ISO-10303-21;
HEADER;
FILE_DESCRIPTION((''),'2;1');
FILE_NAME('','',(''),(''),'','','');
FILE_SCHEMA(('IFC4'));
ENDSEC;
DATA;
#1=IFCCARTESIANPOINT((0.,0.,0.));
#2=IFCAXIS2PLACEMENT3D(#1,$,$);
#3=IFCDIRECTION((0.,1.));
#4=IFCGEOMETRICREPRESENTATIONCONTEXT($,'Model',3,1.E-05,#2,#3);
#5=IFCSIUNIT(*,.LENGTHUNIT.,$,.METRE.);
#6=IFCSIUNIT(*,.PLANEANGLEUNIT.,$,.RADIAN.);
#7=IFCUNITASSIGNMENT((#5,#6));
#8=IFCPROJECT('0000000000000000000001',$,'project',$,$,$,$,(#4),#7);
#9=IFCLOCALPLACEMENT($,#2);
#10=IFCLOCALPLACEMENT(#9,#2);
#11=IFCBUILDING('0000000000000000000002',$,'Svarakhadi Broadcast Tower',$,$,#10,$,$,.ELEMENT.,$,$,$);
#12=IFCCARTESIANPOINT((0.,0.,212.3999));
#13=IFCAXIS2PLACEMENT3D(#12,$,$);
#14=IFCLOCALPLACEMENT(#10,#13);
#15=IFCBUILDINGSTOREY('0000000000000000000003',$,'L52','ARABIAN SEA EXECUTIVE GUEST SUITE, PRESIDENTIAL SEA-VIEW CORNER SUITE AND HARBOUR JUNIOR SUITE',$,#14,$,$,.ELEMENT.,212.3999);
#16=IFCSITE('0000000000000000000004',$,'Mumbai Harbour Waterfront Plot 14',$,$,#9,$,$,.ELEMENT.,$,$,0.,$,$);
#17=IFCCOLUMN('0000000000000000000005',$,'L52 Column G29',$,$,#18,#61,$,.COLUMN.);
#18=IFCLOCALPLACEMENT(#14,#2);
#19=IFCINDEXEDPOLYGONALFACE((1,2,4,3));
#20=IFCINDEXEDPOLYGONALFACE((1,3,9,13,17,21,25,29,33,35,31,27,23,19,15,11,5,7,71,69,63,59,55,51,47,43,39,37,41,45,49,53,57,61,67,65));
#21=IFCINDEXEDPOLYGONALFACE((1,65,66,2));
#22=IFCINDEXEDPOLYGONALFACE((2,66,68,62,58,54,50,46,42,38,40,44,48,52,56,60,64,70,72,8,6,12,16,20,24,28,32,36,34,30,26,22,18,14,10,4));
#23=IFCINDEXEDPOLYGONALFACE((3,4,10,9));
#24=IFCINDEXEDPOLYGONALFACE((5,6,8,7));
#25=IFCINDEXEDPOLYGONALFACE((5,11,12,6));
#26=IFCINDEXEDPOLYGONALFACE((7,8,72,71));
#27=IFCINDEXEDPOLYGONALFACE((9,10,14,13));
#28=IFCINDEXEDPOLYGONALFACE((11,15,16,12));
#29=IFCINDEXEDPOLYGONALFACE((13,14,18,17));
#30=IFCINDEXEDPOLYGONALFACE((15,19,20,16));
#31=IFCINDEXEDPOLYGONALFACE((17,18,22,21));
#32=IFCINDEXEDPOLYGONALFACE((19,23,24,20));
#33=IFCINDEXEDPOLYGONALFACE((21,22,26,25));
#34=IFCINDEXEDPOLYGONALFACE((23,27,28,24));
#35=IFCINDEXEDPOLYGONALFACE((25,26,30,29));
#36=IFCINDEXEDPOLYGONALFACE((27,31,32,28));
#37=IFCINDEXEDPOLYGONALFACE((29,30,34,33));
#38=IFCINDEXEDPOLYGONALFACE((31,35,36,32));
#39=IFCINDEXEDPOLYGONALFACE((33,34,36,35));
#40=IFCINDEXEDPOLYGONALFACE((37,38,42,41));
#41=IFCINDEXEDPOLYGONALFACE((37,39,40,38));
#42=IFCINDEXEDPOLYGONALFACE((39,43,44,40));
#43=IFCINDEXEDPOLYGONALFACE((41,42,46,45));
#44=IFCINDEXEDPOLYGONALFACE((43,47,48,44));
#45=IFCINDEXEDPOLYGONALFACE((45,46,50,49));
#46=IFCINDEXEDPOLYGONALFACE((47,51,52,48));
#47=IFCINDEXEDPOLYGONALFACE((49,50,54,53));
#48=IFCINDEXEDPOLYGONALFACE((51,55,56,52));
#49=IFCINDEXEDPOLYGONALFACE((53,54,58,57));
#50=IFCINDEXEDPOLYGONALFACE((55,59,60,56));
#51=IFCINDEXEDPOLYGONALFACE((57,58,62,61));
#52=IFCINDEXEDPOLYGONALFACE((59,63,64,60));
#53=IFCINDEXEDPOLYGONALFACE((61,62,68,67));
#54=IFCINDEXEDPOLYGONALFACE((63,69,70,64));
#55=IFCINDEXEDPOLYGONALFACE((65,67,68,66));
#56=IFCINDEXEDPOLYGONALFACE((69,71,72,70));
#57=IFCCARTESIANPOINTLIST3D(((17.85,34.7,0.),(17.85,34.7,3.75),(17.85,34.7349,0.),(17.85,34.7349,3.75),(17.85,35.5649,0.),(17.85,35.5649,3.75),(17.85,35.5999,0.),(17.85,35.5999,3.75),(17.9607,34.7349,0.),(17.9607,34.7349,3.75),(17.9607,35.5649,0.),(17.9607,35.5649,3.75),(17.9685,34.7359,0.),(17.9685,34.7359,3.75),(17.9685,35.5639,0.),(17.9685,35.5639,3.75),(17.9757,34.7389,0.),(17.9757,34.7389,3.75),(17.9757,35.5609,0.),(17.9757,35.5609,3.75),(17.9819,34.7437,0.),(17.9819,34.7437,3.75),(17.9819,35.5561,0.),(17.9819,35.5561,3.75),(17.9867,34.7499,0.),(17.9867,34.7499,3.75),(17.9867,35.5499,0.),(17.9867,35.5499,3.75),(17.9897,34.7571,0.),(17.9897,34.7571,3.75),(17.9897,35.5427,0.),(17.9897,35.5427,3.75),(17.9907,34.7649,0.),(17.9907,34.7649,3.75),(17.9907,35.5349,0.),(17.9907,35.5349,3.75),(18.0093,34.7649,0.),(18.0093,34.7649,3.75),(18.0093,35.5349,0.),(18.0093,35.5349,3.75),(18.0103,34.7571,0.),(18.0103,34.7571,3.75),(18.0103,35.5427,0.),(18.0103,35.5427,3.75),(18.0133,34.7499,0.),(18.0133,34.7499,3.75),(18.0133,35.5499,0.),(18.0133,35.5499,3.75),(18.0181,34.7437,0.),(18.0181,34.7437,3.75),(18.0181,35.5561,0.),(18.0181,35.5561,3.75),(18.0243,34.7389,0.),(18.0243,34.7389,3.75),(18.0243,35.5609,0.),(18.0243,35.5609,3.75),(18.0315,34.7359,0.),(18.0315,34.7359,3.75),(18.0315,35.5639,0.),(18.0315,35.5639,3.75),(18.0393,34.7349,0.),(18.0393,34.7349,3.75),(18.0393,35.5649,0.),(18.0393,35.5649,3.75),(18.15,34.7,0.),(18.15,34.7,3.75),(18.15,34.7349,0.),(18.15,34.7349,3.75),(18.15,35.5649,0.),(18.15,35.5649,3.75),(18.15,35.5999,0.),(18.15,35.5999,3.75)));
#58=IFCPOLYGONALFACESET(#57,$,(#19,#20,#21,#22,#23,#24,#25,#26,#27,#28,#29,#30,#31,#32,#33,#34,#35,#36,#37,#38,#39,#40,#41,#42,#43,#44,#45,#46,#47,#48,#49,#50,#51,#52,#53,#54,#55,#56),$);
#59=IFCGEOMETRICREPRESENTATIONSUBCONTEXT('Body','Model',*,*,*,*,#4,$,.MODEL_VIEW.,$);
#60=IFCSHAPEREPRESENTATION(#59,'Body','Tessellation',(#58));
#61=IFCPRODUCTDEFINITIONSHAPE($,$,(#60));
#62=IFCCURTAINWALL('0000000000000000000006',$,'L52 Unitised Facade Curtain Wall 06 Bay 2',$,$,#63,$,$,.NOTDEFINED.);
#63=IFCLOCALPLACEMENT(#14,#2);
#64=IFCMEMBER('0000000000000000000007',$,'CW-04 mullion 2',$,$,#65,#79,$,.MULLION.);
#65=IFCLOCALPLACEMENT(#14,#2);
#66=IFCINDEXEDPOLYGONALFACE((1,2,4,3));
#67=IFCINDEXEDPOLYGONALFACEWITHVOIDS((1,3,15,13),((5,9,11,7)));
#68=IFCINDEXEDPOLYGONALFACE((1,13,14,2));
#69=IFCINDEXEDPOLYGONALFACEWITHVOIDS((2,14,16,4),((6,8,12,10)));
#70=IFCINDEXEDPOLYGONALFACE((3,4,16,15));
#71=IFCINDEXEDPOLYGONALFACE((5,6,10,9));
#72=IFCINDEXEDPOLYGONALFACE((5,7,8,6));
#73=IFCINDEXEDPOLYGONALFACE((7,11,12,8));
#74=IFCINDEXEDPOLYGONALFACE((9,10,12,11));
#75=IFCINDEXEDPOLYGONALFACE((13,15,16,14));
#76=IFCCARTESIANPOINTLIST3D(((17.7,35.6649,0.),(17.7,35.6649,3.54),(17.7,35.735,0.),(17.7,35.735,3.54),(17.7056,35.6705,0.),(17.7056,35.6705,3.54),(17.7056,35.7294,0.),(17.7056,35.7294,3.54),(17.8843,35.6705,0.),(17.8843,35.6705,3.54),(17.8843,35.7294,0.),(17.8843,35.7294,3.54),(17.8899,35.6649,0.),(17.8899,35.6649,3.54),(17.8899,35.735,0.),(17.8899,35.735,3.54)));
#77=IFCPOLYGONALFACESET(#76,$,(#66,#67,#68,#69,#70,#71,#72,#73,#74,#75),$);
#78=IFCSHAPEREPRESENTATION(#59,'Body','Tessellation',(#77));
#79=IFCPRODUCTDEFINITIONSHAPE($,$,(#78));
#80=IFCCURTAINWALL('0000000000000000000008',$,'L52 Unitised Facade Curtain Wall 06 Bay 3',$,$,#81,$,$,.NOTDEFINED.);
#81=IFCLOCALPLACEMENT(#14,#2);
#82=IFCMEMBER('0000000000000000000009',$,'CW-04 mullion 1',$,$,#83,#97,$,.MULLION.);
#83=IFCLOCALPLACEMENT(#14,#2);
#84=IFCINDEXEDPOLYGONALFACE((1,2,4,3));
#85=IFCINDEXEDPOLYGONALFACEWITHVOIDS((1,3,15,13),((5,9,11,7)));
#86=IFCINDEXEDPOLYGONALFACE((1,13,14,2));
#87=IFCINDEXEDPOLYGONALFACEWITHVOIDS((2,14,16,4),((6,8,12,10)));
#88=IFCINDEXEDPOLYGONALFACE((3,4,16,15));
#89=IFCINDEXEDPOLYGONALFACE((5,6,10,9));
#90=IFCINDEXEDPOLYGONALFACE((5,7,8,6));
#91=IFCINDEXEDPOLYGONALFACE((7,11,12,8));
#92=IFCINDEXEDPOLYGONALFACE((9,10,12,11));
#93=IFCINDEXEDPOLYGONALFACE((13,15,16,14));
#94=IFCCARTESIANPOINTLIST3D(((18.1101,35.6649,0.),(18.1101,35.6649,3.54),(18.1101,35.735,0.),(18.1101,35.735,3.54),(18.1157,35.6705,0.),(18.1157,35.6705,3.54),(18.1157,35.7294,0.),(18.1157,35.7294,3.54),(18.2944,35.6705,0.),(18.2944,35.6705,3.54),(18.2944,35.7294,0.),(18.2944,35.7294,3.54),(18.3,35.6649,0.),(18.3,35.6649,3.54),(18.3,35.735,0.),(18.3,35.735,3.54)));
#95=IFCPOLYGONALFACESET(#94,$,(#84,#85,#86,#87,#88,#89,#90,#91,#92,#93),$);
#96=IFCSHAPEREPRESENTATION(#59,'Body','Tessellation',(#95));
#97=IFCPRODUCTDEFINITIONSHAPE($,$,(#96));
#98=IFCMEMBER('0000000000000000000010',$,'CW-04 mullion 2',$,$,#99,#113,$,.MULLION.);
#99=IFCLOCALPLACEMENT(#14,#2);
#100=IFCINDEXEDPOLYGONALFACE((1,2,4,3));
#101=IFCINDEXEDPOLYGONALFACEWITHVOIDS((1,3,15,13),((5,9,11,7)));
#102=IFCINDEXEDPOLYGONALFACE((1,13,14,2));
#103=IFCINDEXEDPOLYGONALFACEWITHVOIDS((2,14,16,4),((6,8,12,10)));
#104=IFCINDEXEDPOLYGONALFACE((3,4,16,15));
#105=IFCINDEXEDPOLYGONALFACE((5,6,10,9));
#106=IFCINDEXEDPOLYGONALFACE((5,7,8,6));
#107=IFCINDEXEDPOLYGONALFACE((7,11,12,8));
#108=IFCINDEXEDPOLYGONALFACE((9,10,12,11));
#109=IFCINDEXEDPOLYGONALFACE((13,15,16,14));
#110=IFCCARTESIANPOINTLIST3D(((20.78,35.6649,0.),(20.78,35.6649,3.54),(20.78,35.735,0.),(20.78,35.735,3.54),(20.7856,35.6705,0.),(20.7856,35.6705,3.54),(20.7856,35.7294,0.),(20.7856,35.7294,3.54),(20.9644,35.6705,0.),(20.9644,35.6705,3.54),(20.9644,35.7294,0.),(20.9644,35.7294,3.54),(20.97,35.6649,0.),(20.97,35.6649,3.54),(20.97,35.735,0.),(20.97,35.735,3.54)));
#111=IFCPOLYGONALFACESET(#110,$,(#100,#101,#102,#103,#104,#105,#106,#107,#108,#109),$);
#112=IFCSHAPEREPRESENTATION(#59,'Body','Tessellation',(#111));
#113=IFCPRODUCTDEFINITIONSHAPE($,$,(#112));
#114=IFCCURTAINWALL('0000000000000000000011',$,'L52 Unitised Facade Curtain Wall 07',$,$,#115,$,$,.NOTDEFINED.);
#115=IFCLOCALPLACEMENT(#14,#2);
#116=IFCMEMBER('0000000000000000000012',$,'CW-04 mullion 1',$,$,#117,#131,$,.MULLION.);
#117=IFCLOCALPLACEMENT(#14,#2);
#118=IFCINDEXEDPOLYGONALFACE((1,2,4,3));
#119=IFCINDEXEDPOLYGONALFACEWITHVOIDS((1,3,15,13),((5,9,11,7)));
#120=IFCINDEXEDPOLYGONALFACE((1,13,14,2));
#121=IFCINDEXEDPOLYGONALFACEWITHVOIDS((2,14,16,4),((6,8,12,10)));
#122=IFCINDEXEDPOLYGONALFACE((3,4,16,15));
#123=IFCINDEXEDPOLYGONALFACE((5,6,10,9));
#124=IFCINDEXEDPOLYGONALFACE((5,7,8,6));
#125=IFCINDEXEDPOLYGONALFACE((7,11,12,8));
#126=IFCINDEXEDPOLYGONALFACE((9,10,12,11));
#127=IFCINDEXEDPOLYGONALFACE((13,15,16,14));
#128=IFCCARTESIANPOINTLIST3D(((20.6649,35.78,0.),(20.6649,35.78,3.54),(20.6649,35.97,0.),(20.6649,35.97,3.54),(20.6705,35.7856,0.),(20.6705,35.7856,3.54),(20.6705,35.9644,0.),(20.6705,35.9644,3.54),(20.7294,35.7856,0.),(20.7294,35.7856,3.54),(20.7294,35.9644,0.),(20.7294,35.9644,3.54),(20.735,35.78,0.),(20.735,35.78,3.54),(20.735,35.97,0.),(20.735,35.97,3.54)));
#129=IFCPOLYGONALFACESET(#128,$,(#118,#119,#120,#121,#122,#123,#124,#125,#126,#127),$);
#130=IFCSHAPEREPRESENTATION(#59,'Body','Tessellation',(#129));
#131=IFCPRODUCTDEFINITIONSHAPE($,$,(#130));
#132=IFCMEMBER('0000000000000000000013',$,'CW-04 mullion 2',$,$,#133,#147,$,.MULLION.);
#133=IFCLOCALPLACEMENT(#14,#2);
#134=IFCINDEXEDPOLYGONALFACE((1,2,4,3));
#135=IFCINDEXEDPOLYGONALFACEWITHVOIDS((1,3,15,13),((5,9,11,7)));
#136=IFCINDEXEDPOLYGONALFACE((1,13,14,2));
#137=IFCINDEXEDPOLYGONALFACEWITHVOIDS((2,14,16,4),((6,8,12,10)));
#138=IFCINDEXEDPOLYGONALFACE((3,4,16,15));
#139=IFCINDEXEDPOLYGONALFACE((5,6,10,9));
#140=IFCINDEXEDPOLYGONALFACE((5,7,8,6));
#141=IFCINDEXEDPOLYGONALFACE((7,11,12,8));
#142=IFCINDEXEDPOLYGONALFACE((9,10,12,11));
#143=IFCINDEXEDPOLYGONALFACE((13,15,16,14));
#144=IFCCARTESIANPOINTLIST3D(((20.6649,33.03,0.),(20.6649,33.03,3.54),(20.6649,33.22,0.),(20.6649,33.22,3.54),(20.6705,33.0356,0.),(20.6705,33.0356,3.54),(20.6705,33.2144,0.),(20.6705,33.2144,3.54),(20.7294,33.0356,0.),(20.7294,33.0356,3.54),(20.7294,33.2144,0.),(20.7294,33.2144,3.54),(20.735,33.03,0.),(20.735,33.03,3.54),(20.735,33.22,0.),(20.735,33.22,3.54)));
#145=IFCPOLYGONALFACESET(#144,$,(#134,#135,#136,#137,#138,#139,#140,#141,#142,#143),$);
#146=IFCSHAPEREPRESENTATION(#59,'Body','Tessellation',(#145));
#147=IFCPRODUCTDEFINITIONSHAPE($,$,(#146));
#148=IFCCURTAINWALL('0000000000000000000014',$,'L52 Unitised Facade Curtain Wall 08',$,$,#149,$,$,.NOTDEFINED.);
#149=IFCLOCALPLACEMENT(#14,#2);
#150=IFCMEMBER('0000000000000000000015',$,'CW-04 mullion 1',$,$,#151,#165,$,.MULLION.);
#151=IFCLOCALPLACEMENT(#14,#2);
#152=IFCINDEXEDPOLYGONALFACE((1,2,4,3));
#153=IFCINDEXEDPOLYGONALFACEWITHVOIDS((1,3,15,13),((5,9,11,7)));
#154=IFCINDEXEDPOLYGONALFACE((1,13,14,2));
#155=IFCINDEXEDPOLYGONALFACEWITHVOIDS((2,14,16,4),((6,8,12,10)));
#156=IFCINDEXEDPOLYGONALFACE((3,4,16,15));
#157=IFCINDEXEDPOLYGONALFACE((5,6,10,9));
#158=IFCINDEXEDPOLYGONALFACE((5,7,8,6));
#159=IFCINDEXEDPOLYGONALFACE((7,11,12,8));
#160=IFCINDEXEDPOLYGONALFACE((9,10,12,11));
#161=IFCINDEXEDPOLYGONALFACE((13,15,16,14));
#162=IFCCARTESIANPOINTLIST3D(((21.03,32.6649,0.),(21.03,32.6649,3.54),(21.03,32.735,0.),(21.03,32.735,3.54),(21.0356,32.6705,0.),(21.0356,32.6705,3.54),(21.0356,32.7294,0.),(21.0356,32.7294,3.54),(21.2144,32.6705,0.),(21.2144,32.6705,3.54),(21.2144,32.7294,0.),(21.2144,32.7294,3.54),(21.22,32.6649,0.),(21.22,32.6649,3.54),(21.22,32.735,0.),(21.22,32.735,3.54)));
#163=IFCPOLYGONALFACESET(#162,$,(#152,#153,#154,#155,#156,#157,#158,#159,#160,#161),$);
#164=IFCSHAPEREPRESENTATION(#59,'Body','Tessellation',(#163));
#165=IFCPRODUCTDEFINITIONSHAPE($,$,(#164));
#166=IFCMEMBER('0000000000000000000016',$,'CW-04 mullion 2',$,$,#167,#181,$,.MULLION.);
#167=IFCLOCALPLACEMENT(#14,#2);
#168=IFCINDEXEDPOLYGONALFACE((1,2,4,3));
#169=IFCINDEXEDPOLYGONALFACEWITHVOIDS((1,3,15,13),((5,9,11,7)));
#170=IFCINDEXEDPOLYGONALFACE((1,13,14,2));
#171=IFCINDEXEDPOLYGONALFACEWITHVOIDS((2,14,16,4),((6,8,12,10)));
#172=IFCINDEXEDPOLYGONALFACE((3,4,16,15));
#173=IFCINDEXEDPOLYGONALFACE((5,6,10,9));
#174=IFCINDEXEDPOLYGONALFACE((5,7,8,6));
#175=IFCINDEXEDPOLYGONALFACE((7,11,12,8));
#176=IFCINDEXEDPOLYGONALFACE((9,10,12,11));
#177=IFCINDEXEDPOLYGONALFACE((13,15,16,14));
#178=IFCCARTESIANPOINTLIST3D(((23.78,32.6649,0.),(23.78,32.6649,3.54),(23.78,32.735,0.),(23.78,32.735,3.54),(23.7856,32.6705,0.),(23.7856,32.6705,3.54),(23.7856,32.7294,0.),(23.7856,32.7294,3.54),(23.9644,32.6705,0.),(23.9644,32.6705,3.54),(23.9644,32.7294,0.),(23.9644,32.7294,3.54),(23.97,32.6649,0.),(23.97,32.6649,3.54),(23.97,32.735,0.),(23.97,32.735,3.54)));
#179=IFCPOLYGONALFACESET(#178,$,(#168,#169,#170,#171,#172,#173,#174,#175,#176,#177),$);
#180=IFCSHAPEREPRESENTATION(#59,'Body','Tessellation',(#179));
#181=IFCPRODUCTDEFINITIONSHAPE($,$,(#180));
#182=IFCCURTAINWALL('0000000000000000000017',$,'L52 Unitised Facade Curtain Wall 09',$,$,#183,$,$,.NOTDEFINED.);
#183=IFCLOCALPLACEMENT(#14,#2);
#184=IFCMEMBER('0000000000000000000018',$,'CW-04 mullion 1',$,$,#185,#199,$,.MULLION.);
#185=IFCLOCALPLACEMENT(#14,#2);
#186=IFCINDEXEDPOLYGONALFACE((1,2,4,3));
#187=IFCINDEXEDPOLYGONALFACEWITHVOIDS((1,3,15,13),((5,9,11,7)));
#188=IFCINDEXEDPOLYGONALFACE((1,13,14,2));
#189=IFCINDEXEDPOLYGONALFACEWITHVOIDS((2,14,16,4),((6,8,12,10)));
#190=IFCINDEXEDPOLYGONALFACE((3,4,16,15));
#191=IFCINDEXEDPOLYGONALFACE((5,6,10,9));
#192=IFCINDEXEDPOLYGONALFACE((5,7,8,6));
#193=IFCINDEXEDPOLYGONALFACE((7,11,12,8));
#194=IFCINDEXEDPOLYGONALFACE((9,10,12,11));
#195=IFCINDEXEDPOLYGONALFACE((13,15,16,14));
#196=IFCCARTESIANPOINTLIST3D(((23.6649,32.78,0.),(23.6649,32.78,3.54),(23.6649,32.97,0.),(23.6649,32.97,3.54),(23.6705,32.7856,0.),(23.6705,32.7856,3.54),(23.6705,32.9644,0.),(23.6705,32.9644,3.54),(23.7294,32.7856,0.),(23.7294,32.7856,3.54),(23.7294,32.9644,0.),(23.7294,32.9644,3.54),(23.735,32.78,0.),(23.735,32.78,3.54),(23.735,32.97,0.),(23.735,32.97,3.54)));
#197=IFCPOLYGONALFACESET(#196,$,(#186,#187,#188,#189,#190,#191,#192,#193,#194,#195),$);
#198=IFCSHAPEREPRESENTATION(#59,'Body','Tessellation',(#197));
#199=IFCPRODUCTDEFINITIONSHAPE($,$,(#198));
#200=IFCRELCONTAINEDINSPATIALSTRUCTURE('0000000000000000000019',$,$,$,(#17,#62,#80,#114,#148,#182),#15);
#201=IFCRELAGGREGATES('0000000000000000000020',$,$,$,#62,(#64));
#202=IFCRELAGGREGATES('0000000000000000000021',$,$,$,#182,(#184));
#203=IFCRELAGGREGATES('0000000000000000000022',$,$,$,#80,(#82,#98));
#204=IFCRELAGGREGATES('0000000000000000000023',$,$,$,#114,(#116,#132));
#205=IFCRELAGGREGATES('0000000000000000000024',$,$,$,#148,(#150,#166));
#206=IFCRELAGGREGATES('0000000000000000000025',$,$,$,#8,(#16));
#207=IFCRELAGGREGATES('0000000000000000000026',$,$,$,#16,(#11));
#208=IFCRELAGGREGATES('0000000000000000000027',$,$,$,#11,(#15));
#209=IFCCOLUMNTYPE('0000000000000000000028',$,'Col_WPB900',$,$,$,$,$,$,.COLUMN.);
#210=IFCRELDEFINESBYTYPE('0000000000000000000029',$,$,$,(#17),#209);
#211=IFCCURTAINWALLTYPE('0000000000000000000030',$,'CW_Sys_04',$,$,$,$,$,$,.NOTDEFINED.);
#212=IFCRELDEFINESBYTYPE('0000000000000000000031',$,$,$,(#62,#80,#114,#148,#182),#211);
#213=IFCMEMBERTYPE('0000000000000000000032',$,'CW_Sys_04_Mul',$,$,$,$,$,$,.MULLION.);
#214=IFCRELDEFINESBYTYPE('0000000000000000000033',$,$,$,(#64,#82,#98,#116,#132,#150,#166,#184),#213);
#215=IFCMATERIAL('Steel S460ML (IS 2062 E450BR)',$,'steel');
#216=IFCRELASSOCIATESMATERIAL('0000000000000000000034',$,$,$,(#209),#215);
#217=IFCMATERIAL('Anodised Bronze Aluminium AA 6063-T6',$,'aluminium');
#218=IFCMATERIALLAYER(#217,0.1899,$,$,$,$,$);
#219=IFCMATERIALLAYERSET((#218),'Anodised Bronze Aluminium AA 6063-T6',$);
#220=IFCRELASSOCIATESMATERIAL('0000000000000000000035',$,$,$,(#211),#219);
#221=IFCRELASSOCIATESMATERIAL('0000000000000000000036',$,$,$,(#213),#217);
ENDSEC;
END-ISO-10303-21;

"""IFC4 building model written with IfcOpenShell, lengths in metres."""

from ifc_helpers import new_model, si_unit, direction, frame, origin, origin_2d, place, context, subcontext, project, spatial, hollow_rectangle, i_section, extrude, material, layer, layer_set, material_profile, profile_set, type_object, element, aggregate, save


model = new_model("IFC4")

# Units and contexts
model_context = context("Model", 3, precision=1e-05, world=origin(), true_north=direction((0.0, 1.0)))
body_context = subcontext(model_context, "Body", "Model", "MODEL_VIEW")
ifc_project = project(units=[si_unit("LENGTHUNIT", "METRE"), si_unit("PLANEANGLEUNIT", "RADIAN")], contexts=[model_context])

# Site, building, storey
site_placement = place(None, origin())
site = spatial("IfcSite", under=ifc_project, at=site_placement, Name="Mumbai Harbour Waterfront Plot 14", CompositionType="ELEMENT", RefElevation=0.0)
building_placement = place(site_placement, origin())
building = spatial("IfcBuilding", under=site, at=building_placement, Name="Svarakhadi Broadcast Tower", CompositionType="ELEMENT")
storey_placement = place(building_placement, frame((0.0, 0.0, 212.3999)))
storey = spatial("IfcBuildingStorey", under=building, at=storey_placement, Name="L52", Description="ARABIAN SEA EXECUTIVE GUEST SUITE, PRESIDENTIAL SEA-VIEW CORNER SUITE AND HARBOUR JUNIOR SUITE", CompositionType="ELEMENT", Elevation=212.3999)

# Column
ifc_material_1 = material(Name="Steel S460ML (IS 2062 E450BR)", Category="steel")
ifc_material_profile_1 = material_profile(ifc_material_1, i_section(OverallWidth=0.3, OverallDepth=0.8999, WebThickness=0.0186, FlangeThickness=0.0349, FilletRadius=0.03, at=origin_2d()), Name="WPB 900x300x291")
ifc_profile_set_1 = profile_set([ifc_material_profile_1], Name="Steel S460ML (IS 2062 E450BR)")
column_type = type_object("IfcColumnType", Name="Col_WPB900", PredefinedType="COLUMN", material=ifc_profile_set_1)
column_placement = place(storey_placement, frame((18.0, 35.1499, 0.0), z_axis=(0.0, 0.0, 1.0), x_axis=(1.0, 0.0, 0.0)))
element("IfcColumn", 1, at=column_placement, inside=storey, type_object=column_type, Name="L52 Column G29", PredefinedType="COLUMN", context=body_context, shape_type="SweptSolid", body=[
    extrude(i_section(OverallWidth=0.3, OverallDepth=0.8999, WebThickness=0.0186, FlangeThickness=0.0349, FilletRadius=0.03, at=origin_2d()), origin(), (0.0, 0.0, 1.0), 3.75),
])

# Curtain wall, member
ifc_material_2 = material(Name="Anodised Bronze Aluminium AA 6063-T6", Category="aluminium")
ifc_layer_1 = layer(ifc_material_2, 0.1899)
ifc_layer_set_1 = layer_set([ifc_layer_1], Name="Anodised Bronze Aluminium AA 6063-T6")
curtain_wall_type = type_object("IfcCurtainWallType", Name="CW_Sys_04", PredefinedType="NOTDEFINED", material=ifc_layer_set_1)
curtain_wall_1_placement = place(storey_placement, origin())
curtain_wall_1 = element("IfcCurtainWall", 2, at=curtain_wall_1_placement, inside=storey, type_object=curtain_wall_type, Name="L52 Unitised Facade Curtain Wall 06 Bay 2", PredefinedType="NOTDEFINED")
ifc_material_profile_2 = material_profile(ifc_material_2, hollow_rectangle(XDim=0.0701, YDim=0.1899, WallThickness=0.0056, at=origin_2d()), Name="ALU MULLION 190x70x6")
ifc_profile_set_2 = profile_set([ifc_material_profile_2], Name="Anodised Bronze Aluminium AA 6063-T6")
member_type_1 = type_object("IfcMemberType", Name="CW_Sys_04_Mul", PredefinedType="MULLION", material=ifc_profile_set_2)
member_1_placement = place(storey_placement, frame((17.7949, 35.7, 0.0), z_axis=(0.0, 0.0, 1.0), x_axis=(0.0, 1.0, 0.0)))
member_1 = element("IfcMember", 3, at=member_1_placement, type_object=member_type_1, Name="CW-04 mullion 2", PredefinedType="MULLION", context=body_context, shape_type="SweptSolid", body=[
    extrude(hollow_rectangle(XDim=0.0701, YDim=0.1899, WallThickness=0.0056, at=origin_2d()), origin(), (0.0, 0.0, 1.0), 3.54),
])
aggregate(curtain_wall_1, [member_1])

# Curtain walls, members
curtain_wall_2_placement = place(storey_placement, origin())
curtain_wall_2 = element("IfcCurtainWall", 4, at=curtain_wall_2_placement, inside=storey, type_object=curtain_wall_type, Name="L52 Unitised Facade Curtain Wall 06 Bay 3", PredefinedType="NOTDEFINED")
member_2_placement = place(storey_placement, frame((18.2051, 35.7, 0.0), z_axis=(0.0, 0.0, 1.0), x_axis=(0.0, 1.0, 0.0)))
member_2 = element("IfcMember", 5, at=member_2_placement, type_object=member_type_1, Name="CW-04 mullion 1", PredefinedType="MULLION", context=body_context, shape_type="SweptSolid", body=[
    extrude(hollow_rectangle(XDim=0.0701, YDim=0.1899, WallThickness=0.0056, at=origin_2d()), origin(), (0.0, 0.0, 1.0), 3.54),
])
member_3_placement = place(storey_placement, frame((20.875, 35.7, 0.0), z_axis=(0.0, 0.0, 1.0), x_axis=(0.0, 1.0, 0.0)))
member_3 = element("IfcMember", 6, at=member_3_placement, type_object=member_type_1, Name="CW-04 mullion 2", PredefinedType="MULLION", context=body_context, shape_type="SweptSolid", body=[
    extrude(hollow_rectangle(XDim=0.0701, YDim=0.1899, WallThickness=0.0056, at=origin_2d()), origin(), (0.0, 0.0, 1.0), 3.54),
])
curtain_wall_3_placement = place(storey_placement, origin())
curtain_wall_3 = element("IfcCurtainWall", 7, at=curtain_wall_3_placement, inside=storey, type_object=curtain_wall_type, Name="L52 Unitised Facade Curtain Wall 07", PredefinedType="NOTDEFINED")
member_4_placement = place(storey_placement, frame((20.7, 35.875, 0.0), z_axis=(0.0, 0.0, 1.0), x_axis=(1.0, 0.0, 0.0)))
member_4 = element("IfcMember", 8, at=member_4_placement, type_object=member_type_1, Name="CW-04 mullion 1", PredefinedType="MULLION", context=body_context, shape_type="SweptSolid", body=[
    extrude(hollow_rectangle(XDim=0.0701, YDim=0.1899, WallThickness=0.0056, at=origin_2d()), origin(), (0.0, 0.0, 1.0), 3.54),
])
member_5_placement = place(storey_placement, frame((20.7, 33.125, 0.0), z_axis=(0.0, 0.0, 1.0), x_axis=(1.0, 0.0, 0.0)))
member_5 = element("IfcMember", 9, at=member_5_placement, type_object=member_type_1, Name="CW-04 mullion 2", PredefinedType="MULLION", context=body_context, shape_type="SweptSolid", body=[
    extrude(hollow_rectangle(XDim=0.0701, YDim=0.1899, WallThickness=0.0056, at=origin_2d()), origin(), (0.0, 0.0, 1.0), 3.54),
])
curtain_wall_4_placement = place(storey_placement, origin())
curtain_wall_4 = element("IfcCurtainWall", 10, at=curtain_wall_4_placement, inside=storey, type_object=curtain_wall_type, Name="L52 Unitised Facade Curtain Wall 08", PredefinedType="NOTDEFINED")
member_6_placement = place(storey_placement, frame((21.125, 32.7, 0.0), z_axis=(0.0, 0.0, 1.0), x_axis=(0.0, 1.0, 0.0)))
member_6 = element("IfcMember", 11, at=member_6_placement, type_object=member_type_1, Name="CW-04 mullion 1", PredefinedType="MULLION", context=body_context, shape_type="SweptSolid", body=[
    extrude(hollow_rectangle(XDim=0.0701, YDim=0.1899, WallThickness=0.0056, at=origin_2d()), origin(), (0.0, 0.0, 1.0), 3.54),
])
member_7_placement = place(storey_placement, frame((23.875, 32.7, 0.0), z_axis=(0.0, 0.0, 1.0), x_axis=(0.0, 1.0, 0.0)))
member_7 = element("IfcMember", 12, at=member_7_placement, type_object=member_type_1, Name="CW-04 mullion 2", PredefinedType="MULLION", context=body_context, shape_type="SweptSolid", body=[
    extrude(hollow_rectangle(XDim=0.0701, YDim=0.1899, WallThickness=0.0056, at=origin_2d()), origin(), (0.0, 0.0, 1.0), 3.54),
])

# Curtain wall, member
curtain_wall_5_placement = place(storey_placement, origin())
curtain_wall_5 = element("IfcCurtainWall", 13, at=curtain_wall_5_placement, inside=storey, type_object=curtain_wall_type, Name="L52 Unitised Facade Curtain Wall 09", PredefinedType="NOTDEFINED")
member_8_placement = place(storey_placement, frame((23.7, 32.875, 0.0), z_axis=(0.0, 0.0, 1.0), x_axis=(1.0, 0.0, 0.0)))
member_8 = element("IfcMember", 14, at=member_8_placement, type_object=member_type_1, Name="CW-04 mullion 1", PredefinedType="MULLION", context=body_context, shape_type="SweptSolid", body=[
    extrude(hollow_rectangle(XDim=0.0701, YDim=0.1899, WallThickness=0.0056, at=origin_2d()), origin(), (0.0, 0.0, 1.0), 3.54),
])

aggregate(curtain_wall_5, [member_8])

aggregate(curtain_wall_2, [member_2, member_3])
aggregate(curtain_wall_3, [member_4, member_5])
aggregate(curtain_wall_4, [member_6, member_7])

save(model, "model.ifc")
